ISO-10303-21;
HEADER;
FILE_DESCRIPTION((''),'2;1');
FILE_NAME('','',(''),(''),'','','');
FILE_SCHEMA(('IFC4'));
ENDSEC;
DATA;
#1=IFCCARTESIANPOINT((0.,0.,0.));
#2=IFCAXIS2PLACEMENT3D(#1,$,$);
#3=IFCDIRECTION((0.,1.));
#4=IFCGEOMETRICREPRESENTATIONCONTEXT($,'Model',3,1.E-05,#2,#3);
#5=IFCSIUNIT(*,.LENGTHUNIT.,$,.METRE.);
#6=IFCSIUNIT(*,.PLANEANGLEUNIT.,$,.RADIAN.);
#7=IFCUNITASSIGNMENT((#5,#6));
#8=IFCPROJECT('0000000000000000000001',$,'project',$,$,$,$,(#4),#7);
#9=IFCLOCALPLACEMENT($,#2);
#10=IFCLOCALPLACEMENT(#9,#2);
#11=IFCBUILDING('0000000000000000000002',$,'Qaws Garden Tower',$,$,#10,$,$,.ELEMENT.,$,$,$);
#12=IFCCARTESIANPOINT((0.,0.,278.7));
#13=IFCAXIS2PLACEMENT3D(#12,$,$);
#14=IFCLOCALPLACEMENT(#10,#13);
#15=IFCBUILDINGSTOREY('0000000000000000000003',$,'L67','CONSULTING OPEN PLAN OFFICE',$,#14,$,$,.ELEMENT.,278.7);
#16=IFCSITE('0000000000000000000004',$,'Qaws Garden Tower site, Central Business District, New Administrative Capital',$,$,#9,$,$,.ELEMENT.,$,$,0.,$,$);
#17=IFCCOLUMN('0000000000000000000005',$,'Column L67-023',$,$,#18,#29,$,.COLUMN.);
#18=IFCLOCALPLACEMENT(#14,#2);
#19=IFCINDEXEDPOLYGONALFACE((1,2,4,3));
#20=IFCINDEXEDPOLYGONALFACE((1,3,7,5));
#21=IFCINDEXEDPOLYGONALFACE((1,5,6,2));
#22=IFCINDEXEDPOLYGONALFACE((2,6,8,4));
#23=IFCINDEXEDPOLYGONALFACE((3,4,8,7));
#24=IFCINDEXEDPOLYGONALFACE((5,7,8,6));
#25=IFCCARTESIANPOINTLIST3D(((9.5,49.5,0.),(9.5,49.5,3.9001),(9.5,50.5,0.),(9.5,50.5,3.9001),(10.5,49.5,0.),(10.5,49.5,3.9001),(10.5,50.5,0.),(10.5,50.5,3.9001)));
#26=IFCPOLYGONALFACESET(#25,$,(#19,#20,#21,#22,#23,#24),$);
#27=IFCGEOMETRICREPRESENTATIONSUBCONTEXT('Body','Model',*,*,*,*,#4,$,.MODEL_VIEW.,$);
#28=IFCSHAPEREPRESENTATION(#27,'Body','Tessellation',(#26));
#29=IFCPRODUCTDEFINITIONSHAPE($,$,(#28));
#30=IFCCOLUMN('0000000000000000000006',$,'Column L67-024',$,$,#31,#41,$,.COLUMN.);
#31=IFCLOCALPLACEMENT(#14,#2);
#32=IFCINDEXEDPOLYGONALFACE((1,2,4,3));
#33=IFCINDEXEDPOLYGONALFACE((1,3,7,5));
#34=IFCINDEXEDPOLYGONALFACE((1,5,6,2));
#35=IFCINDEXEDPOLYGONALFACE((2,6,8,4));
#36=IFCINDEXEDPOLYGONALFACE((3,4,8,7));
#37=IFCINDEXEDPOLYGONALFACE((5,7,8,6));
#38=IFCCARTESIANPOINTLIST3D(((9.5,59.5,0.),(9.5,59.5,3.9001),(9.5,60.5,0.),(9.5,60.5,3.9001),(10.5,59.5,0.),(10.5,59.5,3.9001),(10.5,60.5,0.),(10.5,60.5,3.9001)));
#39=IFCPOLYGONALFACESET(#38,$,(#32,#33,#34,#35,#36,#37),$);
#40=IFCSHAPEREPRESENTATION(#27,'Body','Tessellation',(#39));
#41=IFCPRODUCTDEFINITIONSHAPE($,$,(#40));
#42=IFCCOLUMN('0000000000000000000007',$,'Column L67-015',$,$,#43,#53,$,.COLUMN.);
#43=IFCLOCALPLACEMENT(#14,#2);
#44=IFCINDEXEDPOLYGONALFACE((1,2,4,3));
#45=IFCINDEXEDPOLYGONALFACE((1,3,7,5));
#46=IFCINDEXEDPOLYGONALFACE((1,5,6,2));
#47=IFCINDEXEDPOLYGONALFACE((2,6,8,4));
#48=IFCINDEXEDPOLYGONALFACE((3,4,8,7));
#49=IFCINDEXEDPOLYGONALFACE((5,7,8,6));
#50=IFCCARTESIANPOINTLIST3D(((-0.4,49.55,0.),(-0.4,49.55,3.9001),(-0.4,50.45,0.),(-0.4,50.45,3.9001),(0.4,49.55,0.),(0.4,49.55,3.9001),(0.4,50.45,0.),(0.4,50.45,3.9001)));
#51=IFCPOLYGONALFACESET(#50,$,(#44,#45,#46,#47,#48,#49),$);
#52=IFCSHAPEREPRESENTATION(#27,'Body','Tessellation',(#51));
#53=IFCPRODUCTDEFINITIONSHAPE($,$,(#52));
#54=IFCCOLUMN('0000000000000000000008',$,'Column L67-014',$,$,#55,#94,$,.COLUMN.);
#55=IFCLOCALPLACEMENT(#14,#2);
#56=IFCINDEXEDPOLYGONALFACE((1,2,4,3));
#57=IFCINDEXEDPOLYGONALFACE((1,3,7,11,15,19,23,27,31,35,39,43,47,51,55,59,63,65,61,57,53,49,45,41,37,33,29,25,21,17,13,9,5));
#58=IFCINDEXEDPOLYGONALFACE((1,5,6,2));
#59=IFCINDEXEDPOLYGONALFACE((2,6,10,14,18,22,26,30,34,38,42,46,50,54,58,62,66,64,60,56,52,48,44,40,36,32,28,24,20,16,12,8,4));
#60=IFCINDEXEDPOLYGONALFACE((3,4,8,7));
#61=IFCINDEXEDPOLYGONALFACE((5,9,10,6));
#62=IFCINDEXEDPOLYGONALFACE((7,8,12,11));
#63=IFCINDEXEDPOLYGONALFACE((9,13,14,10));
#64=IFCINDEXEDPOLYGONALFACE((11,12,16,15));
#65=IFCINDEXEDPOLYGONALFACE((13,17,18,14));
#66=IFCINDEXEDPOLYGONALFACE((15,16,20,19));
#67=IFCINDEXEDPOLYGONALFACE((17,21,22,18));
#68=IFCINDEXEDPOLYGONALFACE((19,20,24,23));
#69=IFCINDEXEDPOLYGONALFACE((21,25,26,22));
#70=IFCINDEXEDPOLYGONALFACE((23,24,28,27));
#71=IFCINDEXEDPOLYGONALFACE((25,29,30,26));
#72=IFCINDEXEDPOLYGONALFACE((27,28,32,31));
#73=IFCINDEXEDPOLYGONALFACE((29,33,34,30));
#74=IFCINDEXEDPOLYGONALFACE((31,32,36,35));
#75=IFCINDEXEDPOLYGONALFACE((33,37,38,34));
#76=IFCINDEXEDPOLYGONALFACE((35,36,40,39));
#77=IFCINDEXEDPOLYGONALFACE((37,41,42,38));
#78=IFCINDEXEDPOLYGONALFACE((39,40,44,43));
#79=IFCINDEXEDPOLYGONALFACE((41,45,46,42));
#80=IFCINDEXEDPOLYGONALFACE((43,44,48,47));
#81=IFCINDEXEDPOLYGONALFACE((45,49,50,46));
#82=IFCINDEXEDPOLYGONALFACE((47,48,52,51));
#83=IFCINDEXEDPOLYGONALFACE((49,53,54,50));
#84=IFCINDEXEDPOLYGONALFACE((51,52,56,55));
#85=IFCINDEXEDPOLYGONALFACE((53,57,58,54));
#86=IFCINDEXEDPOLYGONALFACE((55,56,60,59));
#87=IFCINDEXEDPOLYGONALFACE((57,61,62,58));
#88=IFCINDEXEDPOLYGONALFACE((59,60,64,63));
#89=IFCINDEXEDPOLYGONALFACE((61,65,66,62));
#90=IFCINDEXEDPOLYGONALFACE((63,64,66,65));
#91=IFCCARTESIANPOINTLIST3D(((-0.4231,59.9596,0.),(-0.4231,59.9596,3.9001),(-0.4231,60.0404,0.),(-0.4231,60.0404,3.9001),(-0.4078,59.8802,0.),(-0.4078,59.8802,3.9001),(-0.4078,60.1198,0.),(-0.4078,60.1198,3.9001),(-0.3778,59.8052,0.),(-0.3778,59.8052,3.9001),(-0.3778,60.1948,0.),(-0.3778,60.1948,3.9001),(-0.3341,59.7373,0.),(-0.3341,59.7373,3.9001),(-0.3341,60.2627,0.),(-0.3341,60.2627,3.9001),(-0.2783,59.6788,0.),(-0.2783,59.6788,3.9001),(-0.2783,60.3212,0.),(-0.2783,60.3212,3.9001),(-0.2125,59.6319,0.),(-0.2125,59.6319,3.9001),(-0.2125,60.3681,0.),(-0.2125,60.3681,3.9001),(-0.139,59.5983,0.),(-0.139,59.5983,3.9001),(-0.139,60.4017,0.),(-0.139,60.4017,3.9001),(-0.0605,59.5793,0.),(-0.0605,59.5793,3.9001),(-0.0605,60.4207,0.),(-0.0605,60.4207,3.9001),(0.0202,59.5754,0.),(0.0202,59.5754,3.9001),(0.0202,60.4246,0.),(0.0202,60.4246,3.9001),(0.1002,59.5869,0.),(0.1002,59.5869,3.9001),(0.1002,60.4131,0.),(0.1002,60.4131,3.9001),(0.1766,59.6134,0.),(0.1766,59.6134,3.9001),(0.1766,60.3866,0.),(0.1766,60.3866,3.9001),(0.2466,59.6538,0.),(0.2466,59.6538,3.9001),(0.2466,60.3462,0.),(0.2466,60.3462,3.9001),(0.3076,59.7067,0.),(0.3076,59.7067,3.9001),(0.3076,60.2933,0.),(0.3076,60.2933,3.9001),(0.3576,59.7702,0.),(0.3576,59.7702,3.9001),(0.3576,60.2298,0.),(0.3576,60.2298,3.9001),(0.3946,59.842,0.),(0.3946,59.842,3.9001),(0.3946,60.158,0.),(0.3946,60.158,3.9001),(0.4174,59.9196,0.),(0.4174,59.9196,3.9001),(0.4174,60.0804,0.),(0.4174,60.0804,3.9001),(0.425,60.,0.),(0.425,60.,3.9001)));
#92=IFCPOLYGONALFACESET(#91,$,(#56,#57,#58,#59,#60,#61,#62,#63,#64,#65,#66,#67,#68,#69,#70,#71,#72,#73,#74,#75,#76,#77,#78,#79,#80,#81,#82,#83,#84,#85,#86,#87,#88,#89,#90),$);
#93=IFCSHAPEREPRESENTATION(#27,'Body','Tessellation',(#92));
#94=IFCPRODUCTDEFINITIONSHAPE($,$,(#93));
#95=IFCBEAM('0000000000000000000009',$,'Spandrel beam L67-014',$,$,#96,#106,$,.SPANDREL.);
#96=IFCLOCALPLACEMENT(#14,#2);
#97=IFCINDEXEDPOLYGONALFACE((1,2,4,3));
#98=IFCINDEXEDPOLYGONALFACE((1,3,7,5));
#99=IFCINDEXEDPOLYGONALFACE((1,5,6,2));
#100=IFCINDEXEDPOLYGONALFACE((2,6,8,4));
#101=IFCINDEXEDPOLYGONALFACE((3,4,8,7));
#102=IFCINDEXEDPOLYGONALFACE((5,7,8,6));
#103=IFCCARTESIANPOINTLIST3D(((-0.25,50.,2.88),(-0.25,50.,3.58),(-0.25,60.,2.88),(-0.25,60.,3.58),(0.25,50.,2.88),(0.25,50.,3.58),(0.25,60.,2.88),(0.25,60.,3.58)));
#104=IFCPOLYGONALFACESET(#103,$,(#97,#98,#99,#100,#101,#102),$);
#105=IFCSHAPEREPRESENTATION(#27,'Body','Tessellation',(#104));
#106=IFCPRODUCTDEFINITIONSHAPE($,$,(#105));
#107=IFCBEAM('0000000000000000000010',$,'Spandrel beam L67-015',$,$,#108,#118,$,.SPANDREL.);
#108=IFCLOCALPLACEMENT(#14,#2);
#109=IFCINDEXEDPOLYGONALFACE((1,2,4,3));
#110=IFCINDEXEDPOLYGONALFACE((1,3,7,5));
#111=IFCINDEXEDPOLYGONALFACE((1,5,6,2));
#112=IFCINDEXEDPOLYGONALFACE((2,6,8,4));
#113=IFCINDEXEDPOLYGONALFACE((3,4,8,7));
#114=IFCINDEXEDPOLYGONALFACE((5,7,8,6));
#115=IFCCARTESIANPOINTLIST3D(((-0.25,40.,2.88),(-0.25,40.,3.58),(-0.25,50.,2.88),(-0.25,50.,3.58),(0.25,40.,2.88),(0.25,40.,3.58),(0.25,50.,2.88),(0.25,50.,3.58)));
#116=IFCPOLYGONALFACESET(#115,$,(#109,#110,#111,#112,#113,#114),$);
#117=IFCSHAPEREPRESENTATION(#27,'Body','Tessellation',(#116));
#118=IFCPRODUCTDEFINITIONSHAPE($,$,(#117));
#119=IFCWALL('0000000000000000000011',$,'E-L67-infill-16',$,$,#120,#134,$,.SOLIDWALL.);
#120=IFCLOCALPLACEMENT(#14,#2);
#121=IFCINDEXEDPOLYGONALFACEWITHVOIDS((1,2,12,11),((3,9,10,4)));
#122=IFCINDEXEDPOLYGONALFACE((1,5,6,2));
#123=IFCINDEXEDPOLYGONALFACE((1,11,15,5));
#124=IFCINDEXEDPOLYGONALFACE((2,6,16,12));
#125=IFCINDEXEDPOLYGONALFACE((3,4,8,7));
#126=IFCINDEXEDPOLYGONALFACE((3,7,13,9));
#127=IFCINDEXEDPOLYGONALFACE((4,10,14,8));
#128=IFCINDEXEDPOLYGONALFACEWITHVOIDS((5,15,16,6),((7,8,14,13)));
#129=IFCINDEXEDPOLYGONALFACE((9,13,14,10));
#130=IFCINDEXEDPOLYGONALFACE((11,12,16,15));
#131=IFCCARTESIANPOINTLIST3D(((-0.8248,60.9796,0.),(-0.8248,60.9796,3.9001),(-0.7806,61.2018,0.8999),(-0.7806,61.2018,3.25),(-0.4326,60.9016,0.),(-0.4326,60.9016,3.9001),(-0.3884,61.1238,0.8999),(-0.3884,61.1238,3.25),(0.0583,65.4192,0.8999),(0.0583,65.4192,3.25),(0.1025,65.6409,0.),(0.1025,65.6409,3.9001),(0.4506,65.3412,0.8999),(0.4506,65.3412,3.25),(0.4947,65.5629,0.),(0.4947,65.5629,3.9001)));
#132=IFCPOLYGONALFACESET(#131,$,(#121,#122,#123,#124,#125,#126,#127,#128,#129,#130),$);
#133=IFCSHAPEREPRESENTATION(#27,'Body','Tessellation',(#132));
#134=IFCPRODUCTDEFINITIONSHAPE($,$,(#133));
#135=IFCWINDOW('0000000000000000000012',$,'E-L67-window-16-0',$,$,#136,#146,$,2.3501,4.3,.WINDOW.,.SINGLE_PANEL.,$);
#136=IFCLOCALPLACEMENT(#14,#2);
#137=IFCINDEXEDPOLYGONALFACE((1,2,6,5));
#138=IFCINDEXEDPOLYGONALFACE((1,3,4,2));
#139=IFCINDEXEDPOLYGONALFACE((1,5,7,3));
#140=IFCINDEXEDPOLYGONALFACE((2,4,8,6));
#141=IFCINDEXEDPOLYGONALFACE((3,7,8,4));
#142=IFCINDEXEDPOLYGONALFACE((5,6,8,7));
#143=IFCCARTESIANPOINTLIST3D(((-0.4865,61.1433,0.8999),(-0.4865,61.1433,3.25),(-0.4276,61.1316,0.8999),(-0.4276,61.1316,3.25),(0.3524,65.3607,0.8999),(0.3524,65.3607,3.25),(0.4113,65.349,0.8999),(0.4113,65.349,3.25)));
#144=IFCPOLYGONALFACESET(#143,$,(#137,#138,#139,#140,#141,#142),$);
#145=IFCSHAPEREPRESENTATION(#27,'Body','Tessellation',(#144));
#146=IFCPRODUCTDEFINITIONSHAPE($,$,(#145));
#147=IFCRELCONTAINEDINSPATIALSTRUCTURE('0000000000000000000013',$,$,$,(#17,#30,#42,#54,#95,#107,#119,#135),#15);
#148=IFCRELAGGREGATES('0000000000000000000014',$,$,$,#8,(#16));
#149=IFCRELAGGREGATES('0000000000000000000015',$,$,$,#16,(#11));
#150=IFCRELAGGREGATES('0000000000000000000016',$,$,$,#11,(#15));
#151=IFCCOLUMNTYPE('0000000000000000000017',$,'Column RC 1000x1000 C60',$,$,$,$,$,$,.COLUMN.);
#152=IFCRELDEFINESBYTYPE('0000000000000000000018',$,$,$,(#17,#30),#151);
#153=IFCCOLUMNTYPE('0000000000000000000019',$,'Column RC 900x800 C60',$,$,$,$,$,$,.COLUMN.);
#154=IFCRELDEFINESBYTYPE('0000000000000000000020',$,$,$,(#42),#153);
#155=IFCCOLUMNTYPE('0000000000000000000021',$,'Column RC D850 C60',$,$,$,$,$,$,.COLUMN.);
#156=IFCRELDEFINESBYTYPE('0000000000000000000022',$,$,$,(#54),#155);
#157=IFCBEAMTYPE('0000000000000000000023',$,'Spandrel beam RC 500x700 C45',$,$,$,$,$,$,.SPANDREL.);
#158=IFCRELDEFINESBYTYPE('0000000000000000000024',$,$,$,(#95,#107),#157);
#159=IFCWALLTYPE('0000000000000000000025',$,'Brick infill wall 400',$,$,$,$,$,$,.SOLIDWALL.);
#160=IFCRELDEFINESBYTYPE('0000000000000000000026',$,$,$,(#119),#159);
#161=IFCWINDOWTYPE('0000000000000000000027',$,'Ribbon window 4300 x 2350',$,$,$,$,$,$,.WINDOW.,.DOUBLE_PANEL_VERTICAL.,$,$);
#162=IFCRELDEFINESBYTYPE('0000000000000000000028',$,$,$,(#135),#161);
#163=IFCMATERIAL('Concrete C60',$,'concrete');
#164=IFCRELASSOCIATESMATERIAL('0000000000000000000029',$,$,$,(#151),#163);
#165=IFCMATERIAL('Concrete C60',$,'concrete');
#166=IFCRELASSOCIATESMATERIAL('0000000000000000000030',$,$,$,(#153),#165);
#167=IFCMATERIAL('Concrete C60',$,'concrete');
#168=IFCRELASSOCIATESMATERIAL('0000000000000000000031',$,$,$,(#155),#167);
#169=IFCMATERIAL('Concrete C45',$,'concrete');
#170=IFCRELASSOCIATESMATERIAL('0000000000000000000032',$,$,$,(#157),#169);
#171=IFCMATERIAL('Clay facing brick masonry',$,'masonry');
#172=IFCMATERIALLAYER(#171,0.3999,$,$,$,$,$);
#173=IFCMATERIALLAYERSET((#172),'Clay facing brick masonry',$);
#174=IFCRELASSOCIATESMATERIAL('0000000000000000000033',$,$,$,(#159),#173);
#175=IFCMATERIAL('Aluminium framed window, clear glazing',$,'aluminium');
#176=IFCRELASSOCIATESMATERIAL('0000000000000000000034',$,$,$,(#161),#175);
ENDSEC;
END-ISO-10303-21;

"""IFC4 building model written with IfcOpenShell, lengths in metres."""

from ifc_helpers import new_model, si_unit, direction, frame, frame_2d, origin, origin_2d, place, context, subcontext, project, spatial, rectangle, circle, extrude, material, layer, layer_set, material_profile, profile_set, type_object, element, fill, save


model = new_model("IFC4")

# Units and contexts
model_context = context("Model", 3, precision=1e-05, world=origin(), true_north=direction((0.0, 1.0)))
body_context = subcontext(model_context, "Body", "Model", "MODEL_VIEW")
ifc_project = project(units=[si_unit("LENGTHUNIT", "METRE"), si_unit("PLANEANGLEUNIT", "RADIAN")], contexts=[model_context])

# Site, building, storey
site_placement = place(None, origin())
site = spatial("IfcSite", under=ifc_project, at=site_placement, Name="Qaws Garden Tower site, Central Business District, New Administrative Capital", CompositionType="ELEMENT", RefElevation=0.0)
building_placement = place(site_placement, origin())
building = spatial("IfcBuilding", under=site, at=building_placement, Name="Qaws Garden Tower", CompositionType="ELEMENT")
storey_placement = place(building_placement, frame((0.0, 0.0, 278.7)))
storey = spatial("IfcBuildingStorey", under=building, at=storey_placement, Name="L67", Description="CONSULTING OPEN PLAN OFFICE", CompositionType="ELEMENT", Elevation=278.7)

# Columns
ifc_material_1 = material(Name="Concrete C60", Category="concrete")
ifc_material_profile_1 = material_profile(ifc_material_1, rectangle(XDim=1.0, YDim=1.0, at=origin_2d()), Name="RC 1000x1000")
ifc_profile_set_1 = profile_set([ifc_material_profile_1], Name="Concrete C60")
column_type_1 = type_object("IfcColumnType", Name="Column RC 1000x1000 C60", PredefinedType="COLUMN", material=ifc_profile_set_1)
for number, where, z_axis, x_axis, name in (
    (1, (10.0, 50.0, 0.0), (0.0, 0.0, 1.0), (1.0, 0.0, 0.0), "Column L67-023"),
    (2, (10.0, 60.0, 0.0), (0.0, 0.0, 1.0), (1.0, 0.0, 0.0), "Column L67-024"),
):
    element("IfcColumn", number, at=place(storey_placement, frame(where, z_axis=z_axis, x_axis=x_axis)), inside=storey, type_object=column_type_1, Name=name, PredefinedType="COLUMN", context=body_context, shape_type="SweptSolid", body=[
        extrude(rectangle(XDim=1.0, YDim=1.0, at=origin_2d()), origin(), (0.0, 0.0, 1.0), 3.9001),
    ])
ifc_material_2 = material(Name="Concrete C60", Category="concrete")
ifc_material_profile_2 = material_profile(ifc_material_2, rectangle(XDim=0.8999, YDim=0.8, at=origin_2d()), Name="RC 900x800")
ifc_profile_set_2 = profile_set([ifc_material_profile_2], Name="Concrete C60")
column_type_2 = type_object("IfcColumnType", Name="Column RC 900x800 C60", PredefinedType="COLUMN", material=ifc_profile_set_2)
column_1_placement = place(storey_placement, frame((0.0, 50.0, 0.0), z_axis=(0.0, 0.0, 1.0), x_axis=(0.0, 1.0, 0.0)))
element("IfcColumn", 3, at=column_1_placement, inside=storey, type_object=column_type_2, Name="Column L67-015", PredefinedType="COLUMN", context=body_context, shape_type="SweptSolid", body=[
    extrude(rectangle(XDim=0.8999, YDim=0.8, at=origin_2d()), origin(), (0.0, 0.0, 1.0), 3.9001),
])
ifc_material_3 = material(Name="Concrete C60", Category="concrete")
ifc_material_profile_3 = material_profile(ifc_material_3, circle(Radius=0.425, at=origin_2d()), Name="RC D850")
ifc_profile_set_3 = profile_set([ifc_material_profile_3], Name="Concrete C60")
column_type_3 = type_object("IfcColumnType", Name="Column RC D850 C60", PredefinedType="COLUMN", material=ifc_profile_set_3)
column_2_placement = place(storey_placement, frame((0.0, 60.0, 0.0), z_axis=(0.0, 0.0, 1.0), x_axis=(1.0, 0.0, 0.0)))
element("IfcColumn", 4, at=column_2_placement, inside=storey, type_object=column_type_3, Name="Column L67-014", PredefinedType="COLUMN", context=body_context, shape_type="SweptSolid", body=[
    extrude(circle(Radius=0.425, at=origin_2d()), origin(), (0.0, 0.0, 1.0), 3.9001),
])

# Beams
ifc_material_4 = material(Name="Concrete C45", Category="concrete")
ifc_material_profile_4 = material_profile(ifc_material_4, rectangle(XDim=0.5, YDim=0.7, at=origin_2d()), Name="RC 500x700")
ifc_profile_set_4 = profile_set([ifc_material_profile_4], Name="Concrete C45")
beam_type = type_object("IfcBeamType", Name="Spandrel beam RC 500x700 C45", PredefinedType="SPANDREL", material=ifc_profile_set_4)
for number, where, z_axis, x_axis, name in (
    (5, (0.0, 60.0, 3.23), (0.0, -1.0, 0.0), (1.0, 0.0, 0.0), "Spandrel beam L67-014"),
    (6, (0.0, 50.0, 3.23), (0.0, -1.0, 0.0), (1.0, 0.0, 0.0), "Spandrel beam L67-015"),
):
    element("IfcBeam", number, at=place(storey_placement, frame(where, z_axis=z_axis, x_axis=x_axis)), inside=storey, type_object=beam_type, Name=name, PredefinedType="SPANDREL", context=body_context, shape_type="SweptSolid", body=[
        extrude(rectangle(XDim=0.5, YDim=0.7, at=origin_2d()), origin(), (0.0, 0.0, 1.0), 10.0),
    ])

# Wall, opening, window
ifc_material_5 = material(Name="Clay facing brick masonry", Category="masonry")
ifc_layer_1 = layer(ifc_material_5, 0.3999)
ifc_layer_set_1 = layer_set([ifc_layer_1], Name="Clay facing brick masonry")
wall_type_1 = type_object("IfcWallType", Name="Brick infill wall 400", PredefinedType="SOLIDWALL", material=ifc_layer_set_1)
wall_1_placement = place(storey_placement, frame((0.2986, 65.6021, 0.0), z_axis=(0.0, 0.0, 1.0), x_axis=(-0.195099, -0.980784, 0.0)))
wall_1 = element("IfcWall", 7, at=wall_1_placement, inside=storey, type_object=wall_type_1, Name="E-L67-infill-16", PredefinedType="SOLIDWALL", context=body_context, shape_type="SweptSolid", body=[
    extrude(rectangle(XDim=4.7527, YDim=0.3999, at=frame_2d((2.3765, 0.0))), origin(), (0.0, 0.0, 1.0), 3.9001),
])
opening_1_placement = place(wall_1_placement, frame((0.2263, 0.0, 0.8999)))
opening_1 = element("IfcOpeningElement", 8, at=opening_1_placement, cuts=wall_1, PredefinedType="OPENING", context=body_context, shape_type="SweptSolid", body=[
    extrude(rectangle(XDim=4.3, YDim=2.3501, at=frame_2d((2.1499, 1.175))), frame((0.0, 0.21, 0.0), z_axis=(0.0, -1.0, 0.0), x_axis=(1.0, 0.0, 0.0)), (0.0, 0.0, 1.0), 0.4199),
])
ifc_material_6 = material(Name="Aluminium framed window, clear glazing", Category="aluminium")
window_type_1 = type_object("IfcWindowType", Name="Ribbon window 4300 x 2350", PartitioningType="DOUBLE_PANEL_VERTICAL", PredefinedType="WINDOW", material=ifc_material_6)
window_1_placement = place(opening_1_placement, origin())
window_1 = element("IfcWindow", 9, at=window_1_placement, inside=storey, type_object=window_type_1, Name="E-L67-window-16-0", OverallHeight=2.3501, OverallWidth=4.3, PartitioningType="SINGLE_PANEL", PredefinedType="WINDOW", context=body_context, shape_type="SweptSolid", body=[
    extrude(rectangle(XDim=4.3, YDim=2.3501, at=frame_2d((2.1499, 1.175))), frame((0.0, 0.1599, 0.0), z_axis=(0.0, -1.0, 0.0), x_axis=(1.0, 0.0, 0.0)), (0.0, 0.0, 1.0), 0.0601),
])
fill(opening_1, window_1)

save(model, "model.ifc")
